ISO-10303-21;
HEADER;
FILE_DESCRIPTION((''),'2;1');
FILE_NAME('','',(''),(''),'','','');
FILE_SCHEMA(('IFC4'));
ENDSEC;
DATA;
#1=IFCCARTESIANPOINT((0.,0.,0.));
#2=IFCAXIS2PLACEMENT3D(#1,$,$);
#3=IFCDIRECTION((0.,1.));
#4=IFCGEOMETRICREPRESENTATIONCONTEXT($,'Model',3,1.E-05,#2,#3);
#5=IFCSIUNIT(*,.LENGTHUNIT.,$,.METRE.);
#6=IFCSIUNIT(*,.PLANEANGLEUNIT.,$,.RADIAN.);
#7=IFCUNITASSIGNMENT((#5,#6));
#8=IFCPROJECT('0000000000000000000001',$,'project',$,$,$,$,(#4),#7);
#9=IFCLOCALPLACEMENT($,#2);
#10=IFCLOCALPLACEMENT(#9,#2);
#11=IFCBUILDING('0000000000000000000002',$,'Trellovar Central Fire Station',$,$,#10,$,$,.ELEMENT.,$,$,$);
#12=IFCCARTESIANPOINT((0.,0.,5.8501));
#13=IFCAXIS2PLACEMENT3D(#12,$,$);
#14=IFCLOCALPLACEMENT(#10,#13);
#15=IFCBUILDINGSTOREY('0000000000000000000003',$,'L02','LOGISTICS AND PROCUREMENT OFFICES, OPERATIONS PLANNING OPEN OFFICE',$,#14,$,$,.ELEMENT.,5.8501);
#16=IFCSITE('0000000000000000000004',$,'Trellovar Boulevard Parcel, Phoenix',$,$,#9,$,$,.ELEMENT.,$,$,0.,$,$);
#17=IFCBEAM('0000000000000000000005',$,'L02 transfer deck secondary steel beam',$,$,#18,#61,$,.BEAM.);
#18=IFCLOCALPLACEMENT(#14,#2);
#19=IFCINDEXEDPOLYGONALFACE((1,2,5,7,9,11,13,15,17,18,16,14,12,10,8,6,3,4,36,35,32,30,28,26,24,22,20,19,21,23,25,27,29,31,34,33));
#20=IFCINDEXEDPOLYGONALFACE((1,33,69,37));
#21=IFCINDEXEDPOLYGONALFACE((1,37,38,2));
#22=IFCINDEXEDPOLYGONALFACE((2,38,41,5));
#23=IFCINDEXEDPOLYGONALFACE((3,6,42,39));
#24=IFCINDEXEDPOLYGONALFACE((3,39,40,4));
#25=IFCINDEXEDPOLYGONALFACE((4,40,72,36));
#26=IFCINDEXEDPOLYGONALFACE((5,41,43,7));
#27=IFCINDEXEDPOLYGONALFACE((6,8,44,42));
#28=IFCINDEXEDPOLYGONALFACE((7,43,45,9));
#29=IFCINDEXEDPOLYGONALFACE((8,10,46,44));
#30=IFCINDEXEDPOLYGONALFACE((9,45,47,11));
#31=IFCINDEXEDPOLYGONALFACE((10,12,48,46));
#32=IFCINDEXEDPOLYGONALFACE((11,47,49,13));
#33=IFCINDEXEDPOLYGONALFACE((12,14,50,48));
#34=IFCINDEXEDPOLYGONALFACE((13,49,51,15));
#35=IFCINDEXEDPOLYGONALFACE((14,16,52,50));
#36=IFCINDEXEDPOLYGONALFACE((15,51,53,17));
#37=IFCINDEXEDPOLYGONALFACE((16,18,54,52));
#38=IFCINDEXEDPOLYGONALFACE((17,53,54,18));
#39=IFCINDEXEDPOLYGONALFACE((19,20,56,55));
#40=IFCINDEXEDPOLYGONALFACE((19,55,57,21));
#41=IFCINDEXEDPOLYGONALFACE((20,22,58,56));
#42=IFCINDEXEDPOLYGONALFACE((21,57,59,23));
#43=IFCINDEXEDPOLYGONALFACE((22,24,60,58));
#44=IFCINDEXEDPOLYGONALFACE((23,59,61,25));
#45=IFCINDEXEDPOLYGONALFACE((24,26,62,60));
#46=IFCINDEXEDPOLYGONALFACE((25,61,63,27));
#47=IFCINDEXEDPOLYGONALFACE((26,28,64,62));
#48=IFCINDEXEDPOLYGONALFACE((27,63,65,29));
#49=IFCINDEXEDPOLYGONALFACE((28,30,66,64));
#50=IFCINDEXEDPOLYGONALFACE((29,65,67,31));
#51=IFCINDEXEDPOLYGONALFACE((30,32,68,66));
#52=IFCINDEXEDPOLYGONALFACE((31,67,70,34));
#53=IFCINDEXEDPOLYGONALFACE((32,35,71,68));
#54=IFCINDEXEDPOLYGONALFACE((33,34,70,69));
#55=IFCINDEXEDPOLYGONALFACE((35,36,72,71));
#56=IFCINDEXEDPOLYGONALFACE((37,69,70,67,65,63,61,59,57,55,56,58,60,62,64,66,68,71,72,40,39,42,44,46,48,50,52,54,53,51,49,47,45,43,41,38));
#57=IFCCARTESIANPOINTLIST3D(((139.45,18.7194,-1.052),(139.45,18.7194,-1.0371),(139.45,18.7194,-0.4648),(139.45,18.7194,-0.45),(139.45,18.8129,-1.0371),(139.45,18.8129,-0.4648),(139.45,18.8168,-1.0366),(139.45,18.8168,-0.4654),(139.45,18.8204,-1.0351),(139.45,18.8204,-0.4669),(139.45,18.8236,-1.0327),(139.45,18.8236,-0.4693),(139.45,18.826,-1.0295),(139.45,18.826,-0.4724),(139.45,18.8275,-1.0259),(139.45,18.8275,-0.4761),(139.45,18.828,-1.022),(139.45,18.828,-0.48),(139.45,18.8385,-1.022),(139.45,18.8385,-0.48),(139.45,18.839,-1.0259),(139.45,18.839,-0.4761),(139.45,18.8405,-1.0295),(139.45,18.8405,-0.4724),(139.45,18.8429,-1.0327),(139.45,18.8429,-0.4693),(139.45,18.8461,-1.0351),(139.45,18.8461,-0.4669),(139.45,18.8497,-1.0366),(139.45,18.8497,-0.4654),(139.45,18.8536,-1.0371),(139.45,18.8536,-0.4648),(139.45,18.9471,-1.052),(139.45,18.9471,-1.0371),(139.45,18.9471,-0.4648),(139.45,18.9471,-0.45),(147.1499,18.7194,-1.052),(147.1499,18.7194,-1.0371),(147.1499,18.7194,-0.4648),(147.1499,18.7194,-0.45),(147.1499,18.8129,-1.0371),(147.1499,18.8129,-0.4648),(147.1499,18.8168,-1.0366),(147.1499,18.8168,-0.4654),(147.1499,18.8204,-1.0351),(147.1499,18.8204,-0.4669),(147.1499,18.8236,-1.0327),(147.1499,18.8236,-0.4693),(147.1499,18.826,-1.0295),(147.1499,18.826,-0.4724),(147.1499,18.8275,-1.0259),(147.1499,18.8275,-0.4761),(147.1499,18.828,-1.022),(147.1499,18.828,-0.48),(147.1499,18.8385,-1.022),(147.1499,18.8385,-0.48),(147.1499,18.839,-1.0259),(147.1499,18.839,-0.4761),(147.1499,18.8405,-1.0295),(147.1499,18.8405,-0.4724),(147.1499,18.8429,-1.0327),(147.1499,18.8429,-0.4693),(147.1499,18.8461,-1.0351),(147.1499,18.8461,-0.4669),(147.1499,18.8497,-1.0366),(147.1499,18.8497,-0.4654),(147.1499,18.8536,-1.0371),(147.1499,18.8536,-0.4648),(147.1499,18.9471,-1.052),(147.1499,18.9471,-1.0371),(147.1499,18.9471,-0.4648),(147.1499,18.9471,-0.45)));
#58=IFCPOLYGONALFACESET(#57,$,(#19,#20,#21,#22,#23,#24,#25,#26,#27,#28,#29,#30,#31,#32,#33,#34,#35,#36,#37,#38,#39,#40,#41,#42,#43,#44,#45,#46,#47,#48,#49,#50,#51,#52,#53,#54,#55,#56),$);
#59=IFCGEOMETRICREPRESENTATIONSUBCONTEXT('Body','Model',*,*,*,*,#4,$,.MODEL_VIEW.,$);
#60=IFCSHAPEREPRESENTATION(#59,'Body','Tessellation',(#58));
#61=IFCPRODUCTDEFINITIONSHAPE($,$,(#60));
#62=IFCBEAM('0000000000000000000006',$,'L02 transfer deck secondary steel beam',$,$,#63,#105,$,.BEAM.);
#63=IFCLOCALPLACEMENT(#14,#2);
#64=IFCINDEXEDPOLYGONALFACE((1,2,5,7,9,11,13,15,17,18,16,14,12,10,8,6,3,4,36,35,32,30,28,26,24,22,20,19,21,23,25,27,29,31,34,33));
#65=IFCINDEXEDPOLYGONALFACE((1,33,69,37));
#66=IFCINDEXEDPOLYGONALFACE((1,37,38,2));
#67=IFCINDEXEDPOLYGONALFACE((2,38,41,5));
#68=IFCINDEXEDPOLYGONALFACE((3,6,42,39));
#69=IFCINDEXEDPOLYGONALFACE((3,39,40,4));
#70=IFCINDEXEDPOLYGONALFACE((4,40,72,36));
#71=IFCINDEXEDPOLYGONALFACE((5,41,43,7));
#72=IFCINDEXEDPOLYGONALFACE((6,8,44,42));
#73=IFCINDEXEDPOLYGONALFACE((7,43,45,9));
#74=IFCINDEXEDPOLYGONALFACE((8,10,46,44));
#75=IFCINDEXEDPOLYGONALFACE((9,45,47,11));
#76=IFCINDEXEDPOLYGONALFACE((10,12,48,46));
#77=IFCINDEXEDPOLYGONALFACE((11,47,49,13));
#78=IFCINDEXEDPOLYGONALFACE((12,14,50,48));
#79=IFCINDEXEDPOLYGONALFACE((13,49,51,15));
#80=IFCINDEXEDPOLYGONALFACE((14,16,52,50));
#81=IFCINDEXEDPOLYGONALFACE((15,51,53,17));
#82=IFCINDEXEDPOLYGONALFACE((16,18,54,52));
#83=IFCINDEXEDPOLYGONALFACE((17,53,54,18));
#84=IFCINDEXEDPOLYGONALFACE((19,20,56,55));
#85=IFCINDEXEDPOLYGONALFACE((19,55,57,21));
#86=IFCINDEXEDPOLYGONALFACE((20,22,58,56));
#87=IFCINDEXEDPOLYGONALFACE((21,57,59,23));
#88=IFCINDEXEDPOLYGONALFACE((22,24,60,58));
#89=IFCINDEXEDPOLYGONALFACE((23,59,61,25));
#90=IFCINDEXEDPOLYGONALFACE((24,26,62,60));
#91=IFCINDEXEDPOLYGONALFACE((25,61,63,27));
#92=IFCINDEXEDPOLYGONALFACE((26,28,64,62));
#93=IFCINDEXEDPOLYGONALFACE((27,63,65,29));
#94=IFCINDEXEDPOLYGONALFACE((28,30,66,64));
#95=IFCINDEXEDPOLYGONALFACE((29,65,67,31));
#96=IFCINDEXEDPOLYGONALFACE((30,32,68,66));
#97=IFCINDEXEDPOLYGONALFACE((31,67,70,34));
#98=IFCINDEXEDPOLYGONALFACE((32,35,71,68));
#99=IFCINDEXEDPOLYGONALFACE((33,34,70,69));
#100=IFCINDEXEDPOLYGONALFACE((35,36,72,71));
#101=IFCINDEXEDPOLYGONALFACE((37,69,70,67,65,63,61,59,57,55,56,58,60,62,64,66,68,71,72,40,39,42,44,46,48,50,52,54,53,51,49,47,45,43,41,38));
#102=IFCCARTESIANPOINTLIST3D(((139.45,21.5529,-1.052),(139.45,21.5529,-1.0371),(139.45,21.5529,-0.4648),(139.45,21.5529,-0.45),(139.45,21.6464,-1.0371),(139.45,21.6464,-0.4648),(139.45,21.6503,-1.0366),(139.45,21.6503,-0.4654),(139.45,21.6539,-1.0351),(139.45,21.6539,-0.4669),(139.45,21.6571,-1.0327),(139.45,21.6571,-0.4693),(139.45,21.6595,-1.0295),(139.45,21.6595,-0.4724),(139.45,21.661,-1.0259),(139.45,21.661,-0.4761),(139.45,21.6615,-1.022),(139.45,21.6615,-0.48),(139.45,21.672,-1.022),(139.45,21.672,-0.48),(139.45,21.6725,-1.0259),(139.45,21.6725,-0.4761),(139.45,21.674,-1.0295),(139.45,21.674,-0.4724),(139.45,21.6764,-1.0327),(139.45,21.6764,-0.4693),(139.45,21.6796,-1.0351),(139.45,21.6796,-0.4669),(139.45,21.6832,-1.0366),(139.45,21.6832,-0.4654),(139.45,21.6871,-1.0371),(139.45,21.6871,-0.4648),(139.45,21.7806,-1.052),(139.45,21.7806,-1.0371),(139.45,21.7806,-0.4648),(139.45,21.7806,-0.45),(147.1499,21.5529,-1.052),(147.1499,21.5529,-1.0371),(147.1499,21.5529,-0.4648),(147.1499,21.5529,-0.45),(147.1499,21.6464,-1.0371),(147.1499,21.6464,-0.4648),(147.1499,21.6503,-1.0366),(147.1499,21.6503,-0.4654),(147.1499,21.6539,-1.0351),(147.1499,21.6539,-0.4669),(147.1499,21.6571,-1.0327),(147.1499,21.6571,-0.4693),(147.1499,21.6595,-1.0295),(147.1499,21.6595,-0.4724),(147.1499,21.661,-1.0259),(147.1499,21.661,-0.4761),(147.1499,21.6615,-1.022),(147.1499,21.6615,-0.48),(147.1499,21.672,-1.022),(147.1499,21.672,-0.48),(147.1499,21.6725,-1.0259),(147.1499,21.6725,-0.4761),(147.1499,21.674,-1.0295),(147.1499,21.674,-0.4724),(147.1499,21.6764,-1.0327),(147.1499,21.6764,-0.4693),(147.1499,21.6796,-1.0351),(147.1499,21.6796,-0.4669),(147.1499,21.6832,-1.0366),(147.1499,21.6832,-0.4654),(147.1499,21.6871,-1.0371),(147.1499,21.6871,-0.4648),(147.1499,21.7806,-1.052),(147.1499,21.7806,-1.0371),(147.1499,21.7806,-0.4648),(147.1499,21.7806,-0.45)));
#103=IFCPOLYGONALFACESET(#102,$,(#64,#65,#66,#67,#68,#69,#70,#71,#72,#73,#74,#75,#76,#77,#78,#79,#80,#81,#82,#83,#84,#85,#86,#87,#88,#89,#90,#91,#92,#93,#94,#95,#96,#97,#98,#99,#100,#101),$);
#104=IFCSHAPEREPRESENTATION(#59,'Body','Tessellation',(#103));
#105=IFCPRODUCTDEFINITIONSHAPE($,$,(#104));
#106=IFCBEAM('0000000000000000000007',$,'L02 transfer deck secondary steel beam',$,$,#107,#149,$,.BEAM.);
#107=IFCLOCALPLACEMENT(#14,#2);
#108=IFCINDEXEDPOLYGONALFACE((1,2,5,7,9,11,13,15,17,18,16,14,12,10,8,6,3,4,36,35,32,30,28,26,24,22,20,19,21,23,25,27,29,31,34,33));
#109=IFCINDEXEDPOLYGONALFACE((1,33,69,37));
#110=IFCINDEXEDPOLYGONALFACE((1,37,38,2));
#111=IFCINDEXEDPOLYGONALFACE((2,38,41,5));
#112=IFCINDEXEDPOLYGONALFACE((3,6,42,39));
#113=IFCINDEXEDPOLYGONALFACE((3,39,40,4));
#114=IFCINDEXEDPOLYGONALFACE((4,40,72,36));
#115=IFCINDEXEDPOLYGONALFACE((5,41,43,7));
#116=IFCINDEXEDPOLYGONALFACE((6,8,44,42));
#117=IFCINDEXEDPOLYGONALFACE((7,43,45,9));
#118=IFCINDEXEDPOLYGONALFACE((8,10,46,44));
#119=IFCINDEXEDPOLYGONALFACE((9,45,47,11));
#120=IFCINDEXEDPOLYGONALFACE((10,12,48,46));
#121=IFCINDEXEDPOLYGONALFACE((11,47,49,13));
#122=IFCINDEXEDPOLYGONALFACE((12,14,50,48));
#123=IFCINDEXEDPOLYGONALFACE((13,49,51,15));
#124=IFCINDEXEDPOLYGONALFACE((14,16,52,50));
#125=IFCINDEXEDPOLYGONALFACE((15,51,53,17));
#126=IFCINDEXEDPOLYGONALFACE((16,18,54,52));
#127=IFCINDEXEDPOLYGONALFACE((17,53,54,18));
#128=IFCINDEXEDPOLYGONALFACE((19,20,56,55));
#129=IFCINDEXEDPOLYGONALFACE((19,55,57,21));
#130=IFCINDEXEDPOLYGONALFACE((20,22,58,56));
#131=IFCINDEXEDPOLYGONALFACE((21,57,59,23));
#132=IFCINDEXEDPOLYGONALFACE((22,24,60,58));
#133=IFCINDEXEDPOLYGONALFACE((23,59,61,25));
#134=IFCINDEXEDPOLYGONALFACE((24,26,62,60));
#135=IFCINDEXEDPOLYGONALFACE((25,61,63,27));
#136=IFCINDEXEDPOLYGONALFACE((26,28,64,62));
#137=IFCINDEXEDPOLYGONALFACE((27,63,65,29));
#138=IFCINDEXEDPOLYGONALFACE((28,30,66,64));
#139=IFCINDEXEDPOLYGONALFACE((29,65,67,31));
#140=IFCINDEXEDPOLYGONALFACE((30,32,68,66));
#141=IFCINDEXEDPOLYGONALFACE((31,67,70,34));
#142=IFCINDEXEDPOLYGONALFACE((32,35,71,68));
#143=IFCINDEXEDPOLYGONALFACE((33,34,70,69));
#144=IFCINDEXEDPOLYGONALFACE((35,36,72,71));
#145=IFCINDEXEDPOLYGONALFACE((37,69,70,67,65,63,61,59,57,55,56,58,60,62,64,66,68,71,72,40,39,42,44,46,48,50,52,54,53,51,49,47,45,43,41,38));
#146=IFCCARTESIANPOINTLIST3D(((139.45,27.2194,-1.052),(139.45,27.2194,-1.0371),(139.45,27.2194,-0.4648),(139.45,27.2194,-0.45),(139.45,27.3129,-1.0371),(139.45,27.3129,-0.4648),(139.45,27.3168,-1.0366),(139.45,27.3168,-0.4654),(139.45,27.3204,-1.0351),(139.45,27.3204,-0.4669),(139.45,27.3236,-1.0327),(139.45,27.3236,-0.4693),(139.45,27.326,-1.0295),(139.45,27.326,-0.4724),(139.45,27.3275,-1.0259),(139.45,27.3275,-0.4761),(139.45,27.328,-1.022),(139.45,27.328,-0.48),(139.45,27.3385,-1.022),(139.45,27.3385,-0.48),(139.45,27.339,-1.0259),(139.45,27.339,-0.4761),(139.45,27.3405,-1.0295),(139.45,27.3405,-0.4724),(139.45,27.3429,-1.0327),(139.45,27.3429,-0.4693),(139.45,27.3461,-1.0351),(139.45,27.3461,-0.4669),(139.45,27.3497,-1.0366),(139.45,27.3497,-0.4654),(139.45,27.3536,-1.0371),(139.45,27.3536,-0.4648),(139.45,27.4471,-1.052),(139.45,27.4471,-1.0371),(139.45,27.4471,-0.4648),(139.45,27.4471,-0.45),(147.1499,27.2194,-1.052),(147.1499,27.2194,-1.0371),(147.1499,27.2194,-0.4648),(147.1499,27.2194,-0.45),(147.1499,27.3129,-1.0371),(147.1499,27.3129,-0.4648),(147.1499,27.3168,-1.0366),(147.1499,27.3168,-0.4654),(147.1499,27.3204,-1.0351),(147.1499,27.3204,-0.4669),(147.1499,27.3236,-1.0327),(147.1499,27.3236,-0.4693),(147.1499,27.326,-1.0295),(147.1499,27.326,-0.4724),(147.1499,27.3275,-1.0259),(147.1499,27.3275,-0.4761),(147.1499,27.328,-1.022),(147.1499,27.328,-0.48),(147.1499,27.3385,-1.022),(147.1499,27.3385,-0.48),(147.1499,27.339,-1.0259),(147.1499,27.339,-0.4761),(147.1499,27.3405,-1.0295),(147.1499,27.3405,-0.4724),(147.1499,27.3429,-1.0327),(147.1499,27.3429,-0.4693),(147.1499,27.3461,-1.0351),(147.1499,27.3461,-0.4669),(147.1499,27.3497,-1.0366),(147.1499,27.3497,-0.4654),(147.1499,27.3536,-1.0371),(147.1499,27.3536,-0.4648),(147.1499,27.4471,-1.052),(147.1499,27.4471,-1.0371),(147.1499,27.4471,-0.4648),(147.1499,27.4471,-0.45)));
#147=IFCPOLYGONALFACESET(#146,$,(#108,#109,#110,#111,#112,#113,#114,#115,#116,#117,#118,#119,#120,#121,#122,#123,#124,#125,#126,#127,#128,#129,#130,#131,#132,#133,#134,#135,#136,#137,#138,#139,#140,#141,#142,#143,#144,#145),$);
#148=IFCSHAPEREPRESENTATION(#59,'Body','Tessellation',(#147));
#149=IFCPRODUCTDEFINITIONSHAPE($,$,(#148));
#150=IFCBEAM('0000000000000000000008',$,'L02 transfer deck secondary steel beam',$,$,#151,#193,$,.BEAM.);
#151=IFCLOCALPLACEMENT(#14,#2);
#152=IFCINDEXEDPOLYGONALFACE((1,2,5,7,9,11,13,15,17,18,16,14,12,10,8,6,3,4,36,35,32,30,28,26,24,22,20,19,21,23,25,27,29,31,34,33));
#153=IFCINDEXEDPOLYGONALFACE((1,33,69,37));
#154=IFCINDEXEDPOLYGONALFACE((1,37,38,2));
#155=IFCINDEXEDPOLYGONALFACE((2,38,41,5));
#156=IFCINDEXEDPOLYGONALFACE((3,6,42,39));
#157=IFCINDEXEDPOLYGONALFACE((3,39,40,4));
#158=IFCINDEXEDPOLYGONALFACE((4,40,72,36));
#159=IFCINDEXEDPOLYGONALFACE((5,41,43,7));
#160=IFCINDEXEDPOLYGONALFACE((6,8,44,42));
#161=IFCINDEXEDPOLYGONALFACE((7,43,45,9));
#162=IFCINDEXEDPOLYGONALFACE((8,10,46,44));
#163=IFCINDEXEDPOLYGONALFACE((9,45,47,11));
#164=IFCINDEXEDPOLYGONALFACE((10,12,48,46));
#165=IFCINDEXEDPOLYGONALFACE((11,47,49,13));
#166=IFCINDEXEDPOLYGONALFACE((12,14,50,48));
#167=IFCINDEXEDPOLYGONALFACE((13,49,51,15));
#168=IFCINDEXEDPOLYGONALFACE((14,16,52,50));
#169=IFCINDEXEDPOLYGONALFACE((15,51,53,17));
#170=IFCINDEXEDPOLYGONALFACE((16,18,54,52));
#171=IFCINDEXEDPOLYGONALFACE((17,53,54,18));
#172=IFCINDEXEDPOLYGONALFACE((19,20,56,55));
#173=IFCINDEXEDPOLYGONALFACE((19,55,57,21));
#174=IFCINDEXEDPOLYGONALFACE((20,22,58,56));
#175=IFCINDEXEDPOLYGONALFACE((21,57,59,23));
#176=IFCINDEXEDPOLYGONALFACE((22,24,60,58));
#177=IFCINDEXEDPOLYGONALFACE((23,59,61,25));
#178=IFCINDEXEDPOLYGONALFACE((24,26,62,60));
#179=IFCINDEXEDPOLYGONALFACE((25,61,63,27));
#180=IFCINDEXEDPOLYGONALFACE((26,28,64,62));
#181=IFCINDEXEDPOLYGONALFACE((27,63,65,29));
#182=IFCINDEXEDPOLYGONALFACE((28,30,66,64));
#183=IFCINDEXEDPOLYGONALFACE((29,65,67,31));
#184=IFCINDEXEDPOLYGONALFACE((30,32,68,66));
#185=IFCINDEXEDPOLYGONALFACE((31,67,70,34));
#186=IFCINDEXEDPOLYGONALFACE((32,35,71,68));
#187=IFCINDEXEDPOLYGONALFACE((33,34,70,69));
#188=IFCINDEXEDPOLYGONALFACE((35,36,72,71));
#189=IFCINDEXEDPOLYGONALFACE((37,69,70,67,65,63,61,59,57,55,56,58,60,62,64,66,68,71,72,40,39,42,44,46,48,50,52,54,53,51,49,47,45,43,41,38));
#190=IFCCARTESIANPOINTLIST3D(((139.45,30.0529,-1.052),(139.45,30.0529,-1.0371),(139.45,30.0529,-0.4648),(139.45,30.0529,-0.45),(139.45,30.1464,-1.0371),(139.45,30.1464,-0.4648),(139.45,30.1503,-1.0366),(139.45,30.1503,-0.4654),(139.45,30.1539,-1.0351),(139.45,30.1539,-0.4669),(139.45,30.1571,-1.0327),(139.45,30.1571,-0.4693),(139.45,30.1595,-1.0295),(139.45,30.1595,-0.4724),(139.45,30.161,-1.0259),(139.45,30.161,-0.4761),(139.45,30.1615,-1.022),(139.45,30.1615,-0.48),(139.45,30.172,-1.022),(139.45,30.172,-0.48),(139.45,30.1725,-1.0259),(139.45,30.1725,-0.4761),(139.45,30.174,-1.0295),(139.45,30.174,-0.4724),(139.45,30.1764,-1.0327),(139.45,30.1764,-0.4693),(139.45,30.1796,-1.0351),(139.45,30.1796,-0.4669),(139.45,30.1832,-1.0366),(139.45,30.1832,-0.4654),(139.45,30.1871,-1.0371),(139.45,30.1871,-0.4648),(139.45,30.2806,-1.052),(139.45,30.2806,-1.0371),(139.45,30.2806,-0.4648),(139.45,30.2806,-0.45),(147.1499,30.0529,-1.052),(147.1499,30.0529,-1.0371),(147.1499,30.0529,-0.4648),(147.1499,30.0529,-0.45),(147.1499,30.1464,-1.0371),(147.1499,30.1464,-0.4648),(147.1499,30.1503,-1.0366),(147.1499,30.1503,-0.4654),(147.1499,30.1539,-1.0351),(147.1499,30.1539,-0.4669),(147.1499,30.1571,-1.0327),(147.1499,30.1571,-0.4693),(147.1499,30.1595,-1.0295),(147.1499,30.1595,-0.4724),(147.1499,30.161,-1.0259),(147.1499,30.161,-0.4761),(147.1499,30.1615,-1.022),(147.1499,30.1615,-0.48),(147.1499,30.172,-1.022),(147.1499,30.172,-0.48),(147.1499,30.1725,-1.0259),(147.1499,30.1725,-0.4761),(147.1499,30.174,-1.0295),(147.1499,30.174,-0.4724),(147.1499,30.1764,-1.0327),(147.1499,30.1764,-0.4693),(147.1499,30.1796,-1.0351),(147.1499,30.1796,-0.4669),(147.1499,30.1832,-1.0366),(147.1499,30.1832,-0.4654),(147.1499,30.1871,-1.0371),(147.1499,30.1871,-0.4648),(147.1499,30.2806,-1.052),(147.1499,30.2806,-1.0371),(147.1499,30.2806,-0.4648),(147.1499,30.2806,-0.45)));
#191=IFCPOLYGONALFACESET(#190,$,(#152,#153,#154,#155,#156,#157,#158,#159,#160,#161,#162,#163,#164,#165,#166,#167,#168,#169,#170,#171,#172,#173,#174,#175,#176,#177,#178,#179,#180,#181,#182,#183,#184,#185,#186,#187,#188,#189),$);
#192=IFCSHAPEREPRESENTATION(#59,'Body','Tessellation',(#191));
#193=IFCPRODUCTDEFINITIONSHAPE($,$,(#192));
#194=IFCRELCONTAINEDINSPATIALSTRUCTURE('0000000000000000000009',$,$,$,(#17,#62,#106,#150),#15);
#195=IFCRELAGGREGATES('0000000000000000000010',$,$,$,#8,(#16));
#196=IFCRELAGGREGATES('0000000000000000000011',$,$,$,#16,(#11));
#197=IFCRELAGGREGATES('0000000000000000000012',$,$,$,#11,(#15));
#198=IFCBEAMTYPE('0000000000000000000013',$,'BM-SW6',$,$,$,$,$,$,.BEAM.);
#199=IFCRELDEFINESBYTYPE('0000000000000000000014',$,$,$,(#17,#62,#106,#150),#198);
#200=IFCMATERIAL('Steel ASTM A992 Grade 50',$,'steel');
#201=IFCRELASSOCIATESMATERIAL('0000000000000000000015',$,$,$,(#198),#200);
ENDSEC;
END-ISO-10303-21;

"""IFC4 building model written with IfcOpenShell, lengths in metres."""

from ifc_helpers import new_model, si_unit, direction, frame, origin, origin_2d, place, context, subcontext, project, spatial, i_section, extrude, material, material_profile, profile_set, type_object, element, save


model = new_model("IFC4")

# Units and contexts
model_context = context("Model", 3, precision=1e-05, world=origin(), true_north=direction((0.0, 1.0)))
body_context = subcontext(model_context, "Body", "Model", "MODEL_VIEW")
ifc_project = project(units=[si_unit("LENGTHUNIT", "METRE"), si_unit("PLANEANGLEUNIT", "RADIAN")], contexts=[model_context])

# Site, building, storey
site_placement = place(None, origin())
site = spatial("IfcSite", under=ifc_project, at=site_placement, Name="Trellovar Boulevard Parcel, Phoenix", CompositionType="ELEMENT", RefElevation=0.0)
building_placement = place(site_placement, origin())
building = spatial("IfcBuilding", under=site, at=building_placement, Name="Trellovar Central Fire Station", CompositionType="ELEMENT")
storey_placement = place(building_placement, frame((0.0, 0.0, 5.8501)))
storey = spatial("IfcBuildingStorey", under=building, at=storey_placement, Name="L02", Description="LOGISTICS AND PROCUREMENT OFFICES, OPERATIONS PLANNING OPEN OFFICE", CompositionType="ELEMENT", Elevation=5.8501)

# Beams
ifc_material_1 = material(Name="Steel ASTM A992 Grade 50", Category="steel")
ifc_material_profile_1 = material_profile(ifc_material_1, i_section(OverallWidth=0.2278, OverallDepth=0.6021, WebThickness=0.0105, FlangeThickness=0.0149, FilletRadius=0.0151, at=origin_2d()), Name="W24X68")
ifc_profile_set_1 = profile_set([ifc_material_profile_1], Name="Steel ASTM A992 Grade 50")
beam_type_1 = type_object("IfcBeamType", Name="BM-SW6", PredefinedType="BEAM", material=ifc_profile_set_1)
for number, where, z_axis, x_axis, name in (
    (1, (139.45, 18.8333, -0.751), (1.0, 0.0, 0.0), (0.0, 1.0, 0.0), "L02 transfer deck secondary steel beam"),
    (2, (139.45, 21.6667, -0.751), (1.0, 0.0, 0.0), (0.0, 1.0, 0.0), "L02 transfer deck secondary steel beam"),
    (3, (139.45, 27.3333, -0.751), (1.0, 0.0, 0.0), (0.0, 1.0, 0.0), "L02 transfer deck secondary steel beam"),
    (4, (139.45, 30.1667, -0.751), (1.0, 0.0, 0.0), (0.0, 1.0, 0.0), "L02 transfer deck secondary steel beam"),
):
    element("IfcBeam", number, at=place(storey_placement, frame(where, z_axis=z_axis, x_axis=x_axis)), inside=storey, type_object=beam_type_1, Name=name, PredefinedType="BEAM", context=body_context, shape_type="SweptSolid", body=[
        extrude(i_section(OverallWidth=0.2278, OverallDepth=0.6021, WebThickness=0.0105, FlangeThickness=0.0149, FilletRadius=0.0151, at=origin_2d()), origin(), (0.0, 0.0, 1.0), 7.7),
    ])

save(model, "model.ifc")
